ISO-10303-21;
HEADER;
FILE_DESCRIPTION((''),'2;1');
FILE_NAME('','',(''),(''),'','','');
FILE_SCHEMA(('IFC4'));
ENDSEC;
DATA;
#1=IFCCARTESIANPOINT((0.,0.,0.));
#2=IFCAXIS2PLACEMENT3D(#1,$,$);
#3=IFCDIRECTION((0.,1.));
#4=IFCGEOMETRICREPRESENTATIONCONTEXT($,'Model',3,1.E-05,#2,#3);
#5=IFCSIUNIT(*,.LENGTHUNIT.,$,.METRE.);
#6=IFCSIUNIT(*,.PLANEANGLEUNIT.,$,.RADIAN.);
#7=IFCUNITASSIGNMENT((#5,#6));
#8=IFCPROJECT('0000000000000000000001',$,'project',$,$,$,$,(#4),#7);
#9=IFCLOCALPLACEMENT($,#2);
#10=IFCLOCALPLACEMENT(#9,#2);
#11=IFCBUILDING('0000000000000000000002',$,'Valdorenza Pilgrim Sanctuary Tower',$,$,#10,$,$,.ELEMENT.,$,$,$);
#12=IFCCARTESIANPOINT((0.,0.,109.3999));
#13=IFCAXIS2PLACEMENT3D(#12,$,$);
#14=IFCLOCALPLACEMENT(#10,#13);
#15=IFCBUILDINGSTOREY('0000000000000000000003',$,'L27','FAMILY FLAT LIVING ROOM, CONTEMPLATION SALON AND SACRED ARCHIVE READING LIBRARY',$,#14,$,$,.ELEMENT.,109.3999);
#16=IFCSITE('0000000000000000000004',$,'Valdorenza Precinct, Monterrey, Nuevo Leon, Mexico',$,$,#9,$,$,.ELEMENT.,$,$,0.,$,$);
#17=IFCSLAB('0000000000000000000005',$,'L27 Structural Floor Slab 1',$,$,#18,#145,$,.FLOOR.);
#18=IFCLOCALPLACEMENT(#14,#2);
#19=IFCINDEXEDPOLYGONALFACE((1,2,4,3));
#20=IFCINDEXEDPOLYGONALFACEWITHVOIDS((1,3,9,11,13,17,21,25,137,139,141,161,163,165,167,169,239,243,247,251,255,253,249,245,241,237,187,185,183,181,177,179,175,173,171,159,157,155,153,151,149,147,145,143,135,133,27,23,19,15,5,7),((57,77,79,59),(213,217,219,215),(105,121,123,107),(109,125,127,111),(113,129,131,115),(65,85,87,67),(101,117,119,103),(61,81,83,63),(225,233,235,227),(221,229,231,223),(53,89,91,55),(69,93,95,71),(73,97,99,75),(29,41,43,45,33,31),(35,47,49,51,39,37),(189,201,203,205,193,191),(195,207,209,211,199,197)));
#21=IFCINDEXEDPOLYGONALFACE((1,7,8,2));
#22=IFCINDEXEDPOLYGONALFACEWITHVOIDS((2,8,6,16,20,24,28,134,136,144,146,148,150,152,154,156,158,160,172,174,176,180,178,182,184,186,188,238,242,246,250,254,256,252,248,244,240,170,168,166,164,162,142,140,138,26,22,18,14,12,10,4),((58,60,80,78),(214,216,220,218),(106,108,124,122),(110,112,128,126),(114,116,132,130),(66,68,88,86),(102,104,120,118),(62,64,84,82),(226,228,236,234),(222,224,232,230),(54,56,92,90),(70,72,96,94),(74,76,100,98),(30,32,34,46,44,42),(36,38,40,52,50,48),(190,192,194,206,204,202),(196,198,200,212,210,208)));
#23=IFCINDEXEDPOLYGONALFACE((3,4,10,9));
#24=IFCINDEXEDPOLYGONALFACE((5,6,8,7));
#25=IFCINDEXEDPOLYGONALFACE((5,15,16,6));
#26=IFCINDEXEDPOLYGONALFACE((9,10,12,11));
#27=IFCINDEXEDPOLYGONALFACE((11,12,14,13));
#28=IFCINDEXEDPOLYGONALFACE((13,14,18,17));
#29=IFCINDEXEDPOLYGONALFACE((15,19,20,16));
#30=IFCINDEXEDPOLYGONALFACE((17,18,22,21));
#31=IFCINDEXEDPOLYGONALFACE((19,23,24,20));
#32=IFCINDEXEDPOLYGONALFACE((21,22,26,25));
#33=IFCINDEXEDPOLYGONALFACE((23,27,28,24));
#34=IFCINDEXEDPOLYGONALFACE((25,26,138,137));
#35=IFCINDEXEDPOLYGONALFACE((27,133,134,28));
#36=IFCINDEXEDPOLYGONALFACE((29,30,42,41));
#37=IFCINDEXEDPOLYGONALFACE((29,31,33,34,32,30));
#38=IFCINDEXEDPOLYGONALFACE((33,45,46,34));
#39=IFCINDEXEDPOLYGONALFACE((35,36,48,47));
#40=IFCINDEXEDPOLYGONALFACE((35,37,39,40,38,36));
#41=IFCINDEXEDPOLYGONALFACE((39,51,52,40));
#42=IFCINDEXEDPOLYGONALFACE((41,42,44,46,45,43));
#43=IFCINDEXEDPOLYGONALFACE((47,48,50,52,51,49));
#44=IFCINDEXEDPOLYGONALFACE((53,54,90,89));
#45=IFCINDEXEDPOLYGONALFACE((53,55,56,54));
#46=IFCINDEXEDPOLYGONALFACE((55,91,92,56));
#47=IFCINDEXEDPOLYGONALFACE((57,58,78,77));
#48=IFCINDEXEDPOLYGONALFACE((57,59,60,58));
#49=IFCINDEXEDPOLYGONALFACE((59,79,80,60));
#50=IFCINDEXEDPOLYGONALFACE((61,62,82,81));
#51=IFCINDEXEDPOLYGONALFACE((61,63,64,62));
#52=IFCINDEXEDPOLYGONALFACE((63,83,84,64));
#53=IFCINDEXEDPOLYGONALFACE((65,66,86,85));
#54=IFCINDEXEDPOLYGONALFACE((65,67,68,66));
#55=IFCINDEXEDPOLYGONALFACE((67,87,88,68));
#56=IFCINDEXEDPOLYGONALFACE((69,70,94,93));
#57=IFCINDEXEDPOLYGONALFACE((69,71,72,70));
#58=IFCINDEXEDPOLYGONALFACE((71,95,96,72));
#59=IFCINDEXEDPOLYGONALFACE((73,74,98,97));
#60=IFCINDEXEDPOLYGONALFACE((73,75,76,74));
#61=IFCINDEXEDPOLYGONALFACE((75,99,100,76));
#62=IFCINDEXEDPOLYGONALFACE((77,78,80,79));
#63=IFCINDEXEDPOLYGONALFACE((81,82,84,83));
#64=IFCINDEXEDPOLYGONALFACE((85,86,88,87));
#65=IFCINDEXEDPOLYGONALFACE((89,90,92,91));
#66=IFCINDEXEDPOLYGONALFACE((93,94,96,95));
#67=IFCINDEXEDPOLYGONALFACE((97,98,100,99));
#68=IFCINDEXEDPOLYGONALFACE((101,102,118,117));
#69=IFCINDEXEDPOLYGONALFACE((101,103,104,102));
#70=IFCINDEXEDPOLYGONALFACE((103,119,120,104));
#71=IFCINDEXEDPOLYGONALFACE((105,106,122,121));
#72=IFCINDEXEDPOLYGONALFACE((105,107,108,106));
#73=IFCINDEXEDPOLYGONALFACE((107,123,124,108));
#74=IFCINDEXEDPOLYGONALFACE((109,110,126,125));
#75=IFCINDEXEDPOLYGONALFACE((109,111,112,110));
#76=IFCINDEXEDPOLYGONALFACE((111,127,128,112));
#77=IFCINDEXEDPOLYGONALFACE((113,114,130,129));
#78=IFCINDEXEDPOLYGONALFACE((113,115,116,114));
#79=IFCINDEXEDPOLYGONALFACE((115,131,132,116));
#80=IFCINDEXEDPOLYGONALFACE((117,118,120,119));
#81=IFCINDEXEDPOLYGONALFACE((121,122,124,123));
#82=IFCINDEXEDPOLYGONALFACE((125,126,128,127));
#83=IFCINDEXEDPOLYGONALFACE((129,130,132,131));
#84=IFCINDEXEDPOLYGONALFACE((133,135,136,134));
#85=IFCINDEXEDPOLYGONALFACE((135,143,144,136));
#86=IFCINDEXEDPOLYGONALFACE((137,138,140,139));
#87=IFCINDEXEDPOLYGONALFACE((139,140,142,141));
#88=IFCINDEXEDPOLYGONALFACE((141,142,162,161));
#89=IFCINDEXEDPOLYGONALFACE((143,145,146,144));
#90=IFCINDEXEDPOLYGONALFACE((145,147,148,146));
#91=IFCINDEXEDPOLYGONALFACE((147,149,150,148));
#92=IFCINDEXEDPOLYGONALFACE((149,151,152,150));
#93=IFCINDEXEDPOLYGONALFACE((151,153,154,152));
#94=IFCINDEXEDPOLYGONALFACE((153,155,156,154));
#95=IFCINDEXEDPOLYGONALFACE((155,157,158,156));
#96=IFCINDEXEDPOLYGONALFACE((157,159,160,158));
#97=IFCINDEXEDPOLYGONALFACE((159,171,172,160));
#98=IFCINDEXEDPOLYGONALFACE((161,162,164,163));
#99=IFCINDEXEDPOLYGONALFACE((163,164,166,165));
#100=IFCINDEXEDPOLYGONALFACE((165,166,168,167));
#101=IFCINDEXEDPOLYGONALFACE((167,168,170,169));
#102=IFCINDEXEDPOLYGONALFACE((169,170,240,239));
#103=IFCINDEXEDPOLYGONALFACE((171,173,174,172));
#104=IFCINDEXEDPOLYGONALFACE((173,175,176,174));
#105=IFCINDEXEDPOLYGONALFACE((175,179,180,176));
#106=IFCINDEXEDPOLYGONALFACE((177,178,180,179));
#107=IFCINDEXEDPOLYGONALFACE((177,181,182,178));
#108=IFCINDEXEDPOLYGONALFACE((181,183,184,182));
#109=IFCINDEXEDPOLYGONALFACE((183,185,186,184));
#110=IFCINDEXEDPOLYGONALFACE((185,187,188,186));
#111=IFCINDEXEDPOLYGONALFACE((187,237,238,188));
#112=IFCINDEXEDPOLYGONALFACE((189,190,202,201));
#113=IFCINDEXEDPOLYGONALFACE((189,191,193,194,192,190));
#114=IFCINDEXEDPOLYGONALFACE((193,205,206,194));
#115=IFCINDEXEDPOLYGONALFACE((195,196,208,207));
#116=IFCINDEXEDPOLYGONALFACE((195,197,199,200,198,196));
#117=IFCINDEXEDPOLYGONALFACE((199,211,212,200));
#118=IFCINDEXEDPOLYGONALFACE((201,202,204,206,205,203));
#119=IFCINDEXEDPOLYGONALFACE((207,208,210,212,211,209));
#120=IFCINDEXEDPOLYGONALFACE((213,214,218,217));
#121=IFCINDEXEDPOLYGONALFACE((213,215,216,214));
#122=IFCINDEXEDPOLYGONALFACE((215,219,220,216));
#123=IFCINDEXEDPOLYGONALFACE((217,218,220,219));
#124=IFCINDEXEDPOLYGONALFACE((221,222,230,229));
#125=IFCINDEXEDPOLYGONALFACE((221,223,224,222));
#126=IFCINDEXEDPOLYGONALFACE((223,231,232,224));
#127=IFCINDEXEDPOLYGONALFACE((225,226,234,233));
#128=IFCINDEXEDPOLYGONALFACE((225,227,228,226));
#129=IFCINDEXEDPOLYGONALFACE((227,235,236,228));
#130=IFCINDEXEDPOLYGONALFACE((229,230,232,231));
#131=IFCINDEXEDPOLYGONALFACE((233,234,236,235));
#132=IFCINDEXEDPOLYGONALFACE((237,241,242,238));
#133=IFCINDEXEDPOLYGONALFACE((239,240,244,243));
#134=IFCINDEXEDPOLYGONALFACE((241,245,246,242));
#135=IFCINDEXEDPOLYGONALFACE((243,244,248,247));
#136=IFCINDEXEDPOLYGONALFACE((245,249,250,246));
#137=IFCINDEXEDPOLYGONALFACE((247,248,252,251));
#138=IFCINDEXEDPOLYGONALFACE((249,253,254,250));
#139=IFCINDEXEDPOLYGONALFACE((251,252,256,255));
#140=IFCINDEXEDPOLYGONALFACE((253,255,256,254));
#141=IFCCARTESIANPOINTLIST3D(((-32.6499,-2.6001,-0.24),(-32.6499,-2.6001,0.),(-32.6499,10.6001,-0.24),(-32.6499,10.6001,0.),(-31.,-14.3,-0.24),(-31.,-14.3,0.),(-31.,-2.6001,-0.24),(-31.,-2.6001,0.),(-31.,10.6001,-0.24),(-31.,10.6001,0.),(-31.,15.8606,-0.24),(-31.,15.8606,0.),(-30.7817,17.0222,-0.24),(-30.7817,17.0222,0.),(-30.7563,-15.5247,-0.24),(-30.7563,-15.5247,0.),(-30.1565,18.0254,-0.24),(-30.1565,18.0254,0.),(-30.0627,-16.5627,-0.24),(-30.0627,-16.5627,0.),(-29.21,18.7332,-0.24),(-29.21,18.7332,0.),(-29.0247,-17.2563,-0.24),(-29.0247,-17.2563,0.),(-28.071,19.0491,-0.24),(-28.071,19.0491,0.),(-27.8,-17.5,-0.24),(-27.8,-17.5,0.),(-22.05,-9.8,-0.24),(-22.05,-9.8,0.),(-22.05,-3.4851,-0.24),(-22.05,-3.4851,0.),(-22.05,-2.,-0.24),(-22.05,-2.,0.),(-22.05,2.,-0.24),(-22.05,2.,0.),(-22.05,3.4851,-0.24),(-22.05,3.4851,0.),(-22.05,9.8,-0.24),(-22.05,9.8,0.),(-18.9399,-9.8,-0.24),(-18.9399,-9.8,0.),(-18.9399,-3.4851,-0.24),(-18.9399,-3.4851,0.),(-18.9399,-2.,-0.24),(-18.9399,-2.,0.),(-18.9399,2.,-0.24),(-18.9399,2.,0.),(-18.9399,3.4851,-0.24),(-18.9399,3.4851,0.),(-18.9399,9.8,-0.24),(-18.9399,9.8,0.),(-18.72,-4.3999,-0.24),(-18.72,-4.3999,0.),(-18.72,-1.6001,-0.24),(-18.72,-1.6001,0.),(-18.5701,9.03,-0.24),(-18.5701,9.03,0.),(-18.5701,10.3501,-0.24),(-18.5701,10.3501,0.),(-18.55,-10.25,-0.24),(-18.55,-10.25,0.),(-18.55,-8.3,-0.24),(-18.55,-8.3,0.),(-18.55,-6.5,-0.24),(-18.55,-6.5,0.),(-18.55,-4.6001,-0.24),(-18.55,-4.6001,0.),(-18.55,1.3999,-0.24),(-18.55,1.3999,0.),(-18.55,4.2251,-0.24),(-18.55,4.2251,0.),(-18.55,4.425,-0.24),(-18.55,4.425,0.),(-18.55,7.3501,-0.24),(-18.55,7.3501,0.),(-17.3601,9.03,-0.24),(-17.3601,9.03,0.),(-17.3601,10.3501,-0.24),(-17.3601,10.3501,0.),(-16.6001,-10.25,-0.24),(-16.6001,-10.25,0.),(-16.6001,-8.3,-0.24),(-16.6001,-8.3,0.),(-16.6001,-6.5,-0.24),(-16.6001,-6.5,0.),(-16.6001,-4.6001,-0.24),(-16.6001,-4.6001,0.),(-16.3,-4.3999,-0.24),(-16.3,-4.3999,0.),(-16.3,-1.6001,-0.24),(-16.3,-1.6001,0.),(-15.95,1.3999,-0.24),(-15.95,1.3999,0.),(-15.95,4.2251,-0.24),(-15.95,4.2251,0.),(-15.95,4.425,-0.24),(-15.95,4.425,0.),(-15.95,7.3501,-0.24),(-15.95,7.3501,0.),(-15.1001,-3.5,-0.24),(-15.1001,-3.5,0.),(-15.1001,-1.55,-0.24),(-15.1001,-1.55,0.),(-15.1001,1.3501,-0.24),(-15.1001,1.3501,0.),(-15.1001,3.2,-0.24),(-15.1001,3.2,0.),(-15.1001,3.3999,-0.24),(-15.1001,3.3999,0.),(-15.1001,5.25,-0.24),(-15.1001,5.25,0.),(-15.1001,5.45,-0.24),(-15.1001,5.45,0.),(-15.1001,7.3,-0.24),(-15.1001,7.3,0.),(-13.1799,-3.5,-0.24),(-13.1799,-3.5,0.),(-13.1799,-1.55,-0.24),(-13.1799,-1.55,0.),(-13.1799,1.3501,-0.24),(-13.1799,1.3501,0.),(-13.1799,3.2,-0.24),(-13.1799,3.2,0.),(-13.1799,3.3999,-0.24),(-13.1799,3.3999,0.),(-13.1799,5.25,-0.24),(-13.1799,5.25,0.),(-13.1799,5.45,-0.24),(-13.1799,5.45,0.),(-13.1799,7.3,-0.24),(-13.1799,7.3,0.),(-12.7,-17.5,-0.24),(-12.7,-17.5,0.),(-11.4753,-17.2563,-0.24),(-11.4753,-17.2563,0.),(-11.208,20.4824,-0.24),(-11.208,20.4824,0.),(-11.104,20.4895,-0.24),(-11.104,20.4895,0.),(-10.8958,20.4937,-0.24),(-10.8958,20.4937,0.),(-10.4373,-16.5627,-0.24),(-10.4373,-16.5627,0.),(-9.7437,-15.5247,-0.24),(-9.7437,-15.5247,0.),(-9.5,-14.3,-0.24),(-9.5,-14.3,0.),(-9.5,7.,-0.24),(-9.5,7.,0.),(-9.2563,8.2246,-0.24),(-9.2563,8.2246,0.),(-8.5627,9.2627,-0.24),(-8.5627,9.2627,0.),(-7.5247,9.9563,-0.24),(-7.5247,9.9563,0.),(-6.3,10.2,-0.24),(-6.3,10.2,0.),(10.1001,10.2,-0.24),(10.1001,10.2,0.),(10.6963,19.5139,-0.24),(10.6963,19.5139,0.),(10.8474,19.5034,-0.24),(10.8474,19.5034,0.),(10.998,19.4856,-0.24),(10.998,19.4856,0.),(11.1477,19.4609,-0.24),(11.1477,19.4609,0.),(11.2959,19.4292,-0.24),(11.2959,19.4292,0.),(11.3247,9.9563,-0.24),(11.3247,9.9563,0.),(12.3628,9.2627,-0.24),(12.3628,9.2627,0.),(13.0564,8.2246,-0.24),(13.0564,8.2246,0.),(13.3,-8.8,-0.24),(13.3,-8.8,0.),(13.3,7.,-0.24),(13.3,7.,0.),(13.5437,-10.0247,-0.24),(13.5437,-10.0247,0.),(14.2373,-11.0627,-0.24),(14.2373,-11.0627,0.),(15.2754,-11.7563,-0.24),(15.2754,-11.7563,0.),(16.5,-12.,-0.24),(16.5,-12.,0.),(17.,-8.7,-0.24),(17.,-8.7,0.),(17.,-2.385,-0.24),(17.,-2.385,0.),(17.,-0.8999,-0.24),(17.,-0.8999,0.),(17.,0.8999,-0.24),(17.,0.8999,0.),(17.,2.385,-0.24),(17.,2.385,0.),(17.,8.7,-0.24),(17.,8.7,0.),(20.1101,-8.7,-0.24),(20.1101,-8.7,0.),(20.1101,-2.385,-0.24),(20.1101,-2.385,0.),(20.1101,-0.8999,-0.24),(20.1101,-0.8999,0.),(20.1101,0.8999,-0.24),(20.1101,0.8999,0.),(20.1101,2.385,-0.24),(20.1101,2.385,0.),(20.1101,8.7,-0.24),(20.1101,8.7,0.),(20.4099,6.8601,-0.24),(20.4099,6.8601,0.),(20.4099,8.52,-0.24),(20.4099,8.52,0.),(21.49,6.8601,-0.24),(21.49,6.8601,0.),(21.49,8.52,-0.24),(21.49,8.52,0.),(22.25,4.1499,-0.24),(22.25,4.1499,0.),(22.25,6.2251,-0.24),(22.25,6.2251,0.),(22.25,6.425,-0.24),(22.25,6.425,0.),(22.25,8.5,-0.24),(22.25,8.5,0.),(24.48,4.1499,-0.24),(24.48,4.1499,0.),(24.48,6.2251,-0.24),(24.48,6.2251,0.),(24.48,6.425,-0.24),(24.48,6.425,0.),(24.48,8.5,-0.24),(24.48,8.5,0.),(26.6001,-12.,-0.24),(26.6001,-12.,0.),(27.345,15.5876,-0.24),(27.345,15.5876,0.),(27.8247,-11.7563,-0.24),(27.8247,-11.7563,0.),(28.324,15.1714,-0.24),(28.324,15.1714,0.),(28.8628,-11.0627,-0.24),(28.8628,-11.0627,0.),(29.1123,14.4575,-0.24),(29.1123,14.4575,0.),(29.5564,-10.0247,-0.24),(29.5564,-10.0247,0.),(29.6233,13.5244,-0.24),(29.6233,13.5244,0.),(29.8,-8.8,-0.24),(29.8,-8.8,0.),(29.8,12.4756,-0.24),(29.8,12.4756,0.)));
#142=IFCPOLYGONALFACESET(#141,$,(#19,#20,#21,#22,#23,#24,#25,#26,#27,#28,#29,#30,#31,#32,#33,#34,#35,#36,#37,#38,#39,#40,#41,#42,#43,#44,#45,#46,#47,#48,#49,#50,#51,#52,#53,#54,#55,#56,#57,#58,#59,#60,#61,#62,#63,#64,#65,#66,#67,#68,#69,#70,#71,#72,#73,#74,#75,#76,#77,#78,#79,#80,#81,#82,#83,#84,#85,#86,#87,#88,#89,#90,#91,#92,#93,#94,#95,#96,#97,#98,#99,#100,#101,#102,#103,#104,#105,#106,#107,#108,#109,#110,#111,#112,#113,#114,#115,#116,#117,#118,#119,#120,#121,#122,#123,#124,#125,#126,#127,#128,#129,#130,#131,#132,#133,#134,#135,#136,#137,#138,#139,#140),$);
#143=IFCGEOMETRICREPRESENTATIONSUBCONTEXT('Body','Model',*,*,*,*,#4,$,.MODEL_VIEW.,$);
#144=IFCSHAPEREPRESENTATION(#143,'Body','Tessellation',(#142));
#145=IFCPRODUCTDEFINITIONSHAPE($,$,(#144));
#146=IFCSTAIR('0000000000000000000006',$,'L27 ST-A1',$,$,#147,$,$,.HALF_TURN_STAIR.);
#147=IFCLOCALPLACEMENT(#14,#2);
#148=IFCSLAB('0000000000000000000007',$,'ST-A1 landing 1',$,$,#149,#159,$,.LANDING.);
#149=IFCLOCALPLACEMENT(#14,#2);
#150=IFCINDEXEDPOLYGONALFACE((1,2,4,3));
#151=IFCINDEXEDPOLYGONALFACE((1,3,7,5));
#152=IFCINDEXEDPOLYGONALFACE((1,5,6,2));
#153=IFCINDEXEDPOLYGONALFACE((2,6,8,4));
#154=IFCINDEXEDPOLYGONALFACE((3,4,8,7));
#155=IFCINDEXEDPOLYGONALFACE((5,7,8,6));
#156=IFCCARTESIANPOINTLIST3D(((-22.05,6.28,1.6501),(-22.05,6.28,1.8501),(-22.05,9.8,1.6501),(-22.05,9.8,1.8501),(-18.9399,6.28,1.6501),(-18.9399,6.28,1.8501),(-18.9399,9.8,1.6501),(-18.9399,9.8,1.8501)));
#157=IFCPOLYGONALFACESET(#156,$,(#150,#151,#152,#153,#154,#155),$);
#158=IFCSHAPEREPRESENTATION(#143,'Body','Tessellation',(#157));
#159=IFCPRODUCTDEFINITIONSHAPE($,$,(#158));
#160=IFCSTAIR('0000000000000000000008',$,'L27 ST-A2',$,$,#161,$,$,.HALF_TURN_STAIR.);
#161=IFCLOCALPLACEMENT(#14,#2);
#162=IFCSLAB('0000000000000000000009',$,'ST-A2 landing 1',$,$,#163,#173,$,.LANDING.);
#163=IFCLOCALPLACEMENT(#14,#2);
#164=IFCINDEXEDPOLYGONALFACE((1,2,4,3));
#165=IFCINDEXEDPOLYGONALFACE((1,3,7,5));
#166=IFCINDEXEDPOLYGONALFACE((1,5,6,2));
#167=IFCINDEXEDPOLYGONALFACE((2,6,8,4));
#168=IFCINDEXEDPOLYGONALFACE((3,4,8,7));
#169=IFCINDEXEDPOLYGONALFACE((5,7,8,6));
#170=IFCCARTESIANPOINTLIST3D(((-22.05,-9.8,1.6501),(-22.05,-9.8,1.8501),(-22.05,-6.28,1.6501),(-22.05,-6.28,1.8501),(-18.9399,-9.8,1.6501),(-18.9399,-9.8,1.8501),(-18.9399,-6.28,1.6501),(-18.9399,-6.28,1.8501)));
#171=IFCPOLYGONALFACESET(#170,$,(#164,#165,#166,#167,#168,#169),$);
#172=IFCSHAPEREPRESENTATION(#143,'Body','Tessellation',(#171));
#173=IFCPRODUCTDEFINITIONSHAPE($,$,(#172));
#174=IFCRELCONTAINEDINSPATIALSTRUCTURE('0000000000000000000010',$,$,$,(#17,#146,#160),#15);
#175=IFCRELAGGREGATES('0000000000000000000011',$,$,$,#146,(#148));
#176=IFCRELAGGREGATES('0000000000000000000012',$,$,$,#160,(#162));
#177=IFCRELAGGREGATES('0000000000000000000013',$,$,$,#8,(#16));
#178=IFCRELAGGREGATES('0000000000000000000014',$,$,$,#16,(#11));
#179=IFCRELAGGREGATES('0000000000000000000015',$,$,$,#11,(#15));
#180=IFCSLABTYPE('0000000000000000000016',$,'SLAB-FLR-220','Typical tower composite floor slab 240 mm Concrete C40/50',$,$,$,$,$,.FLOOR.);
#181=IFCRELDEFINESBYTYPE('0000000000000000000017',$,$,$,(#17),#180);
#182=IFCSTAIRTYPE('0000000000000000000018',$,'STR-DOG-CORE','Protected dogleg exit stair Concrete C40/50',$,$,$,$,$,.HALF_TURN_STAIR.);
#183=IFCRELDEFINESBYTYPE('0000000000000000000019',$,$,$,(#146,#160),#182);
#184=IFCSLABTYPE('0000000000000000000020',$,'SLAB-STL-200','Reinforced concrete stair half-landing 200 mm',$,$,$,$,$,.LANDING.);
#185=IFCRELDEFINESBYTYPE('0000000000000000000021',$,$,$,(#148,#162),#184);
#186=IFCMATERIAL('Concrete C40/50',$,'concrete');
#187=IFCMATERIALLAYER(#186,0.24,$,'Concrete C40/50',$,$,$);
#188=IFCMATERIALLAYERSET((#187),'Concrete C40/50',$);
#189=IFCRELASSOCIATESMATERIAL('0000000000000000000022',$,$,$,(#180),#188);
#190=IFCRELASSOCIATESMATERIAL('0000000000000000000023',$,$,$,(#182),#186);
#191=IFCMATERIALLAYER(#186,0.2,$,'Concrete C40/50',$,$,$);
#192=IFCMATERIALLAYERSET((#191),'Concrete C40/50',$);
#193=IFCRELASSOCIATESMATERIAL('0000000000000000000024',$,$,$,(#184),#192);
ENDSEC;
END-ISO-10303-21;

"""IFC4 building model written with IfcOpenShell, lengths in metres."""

from ifc_helpers import new_model, si_unit, direction, frame, origin, place, context, subcontext, project, spatial, polyline, outline, extrude, material, layer, layer_set, type_object, element, aggregate, save


model = new_model("IFC4")

# Units and contexts
model_context = context("Model", 3, precision=1e-05, world=origin(), true_north=direction((0.0, 1.0)))
body_context = subcontext(model_context, "Body", "Model", "MODEL_VIEW")
ifc_project = project(units=[si_unit("LENGTHUNIT", "METRE"), si_unit("PLANEANGLEUNIT", "RADIAN")], contexts=[model_context])

# Site, building, storey
site_placement = place(None, origin())
site = spatial("IfcSite", under=ifc_project, at=site_placement, Name="Valdorenza Precinct, Monterrey, Nuevo Leon, Mexico", CompositionType="ELEMENT", RefElevation=0.0)
building_placement = place(site_placement, origin())
building = spatial("IfcBuilding", under=site, at=building_placement, Name="Valdorenza Pilgrim Sanctuary Tower", CompositionType="ELEMENT")
storey_placement = place(building_placement, frame((0.0, 0.0, 109.3999)))
storey = spatial("IfcBuildingStorey", under=building, at=storey_placement, Name="L27", Description="FAMILY FLAT LIVING ROOM, CONTEMPLATION SALON AND SACRED ARCHIVE READING LIBRARY", CompositionType="ELEMENT", Elevation=109.3999)

# Slab
ifc_material_1 = material(Name="Concrete C40/50", Category="concrete")
ifc_layer_1 = layer(ifc_material_1, 0.24, Name="Concrete C40/50")
ifc_layer_set_1 = layer_set([ifc_layer_1], Name="Concrete C40/50")
slab_type_1 = type_object("IfcSlabType", Name="SLAB-FLR-220", Description="Typical tower composite floor slab 240 mm Concrete C40/50", PredefinedType="FLOOR", material=ifc_layer_set_1)
slab_1_placement = place(storey_placement, frame((0.0, 0.0, -0.24)))
element("IfcSlab", 1, at=slab_1_placement, inside=storey, type_object=slab_type_1, Name="L27 Structural Floor Slab 1", PredefinedType="FLOOR", context=body_context, shape_type="SweptSolid", body=[
    extrude(outline(polyline([(-30.7817, 17.0222), (-30.1565, 18.0254), (-29.21, 18.7332), (-28.071, 19.0491), (-11.208, 20.4824), (-11.104, 20.4895), (-10.8958, 20.4937), (10.6963, 19.5139), (10.8474, 19.5034), (10.998, 19.4856), (11.1477, 19.4609), (11.2959, 19.4292), (27.345, 15.5876), (28.324, 15.1714), (29.1123, 14.4575), (29.6233, 13.5244), (29.8, 12.4756), (29.8, -8.8), (29.5564, -10.0247), (28.8628, -11.0627), (27.8247, -11.7563), (26.6001, -12.0), (16.5, -12.0), (15.2754, -11.7563), (14.2373, -11.0627), (13.5437, -10.0247), (13.3, -8.8), (13.3, 7.0), (13.0564, 8.2246), (12.3628, 9.2627), (11.3247, 9.9563), (10.1001, 10.2), (-6.3, 10.2), (-7.5247, 9.9563), (-8.5627, 9.2627), (-9.2563, 8.2246), (-9.5, 7.0), (-9.5, -14.3), (-9.7437, -15.5247), (-10.4373, -16.5627), (-11.4753, -17.2563), (-12.7, -17.5), (-27.8, -17.5), (-29.0247, -17.2563), (-30.0627, -16.5627), (-30.7563, -15.5247), (-31.0, -14.3), (-31.0, -2.6001), (-32.6499, -2.6001), (-32.6499, 10.6001), (-31.0, 10.6001), (-31.0, 15.8606), (-30.7817, 17.0222)]), holes=[polyline([(-16.6001, -10.25), (-16.6001, -8.3), (-18.55, -8.3), (-18.55, -10.25), (-16.6001, -10.25)]), polyline([(-22.05, -9.8), (-18.9399, -9.8), (-18.9399, -3.4851), (-18.9399, -2.0), (-22.05, -2.0), (-22.05, -3.4851), (-22.05, -9.8)]), polyline([(-16.6001, -6.5), (-16.6001, -4.6001), (-18.55, -4.6001), (-18.55, -6.5), (-16.6001, -6.5)]), polyline([(-18.72, -4.3999), (-16.3, -4.3999), (-16.3, -1.6001), (-18.72, -1.6001), (-18.72, -4.3999)]), polyline([(-13.1799, 1.3501), (-13.1799, 3.2), (-15.1001, 3.2), (-15.1001, 1.3501), (-13.1799, 1.3501)]), polyline([(-22.05, 2.0), (-18.9399, 2.0), (-18.9399, 3.4851), (-18.9399, 9.8), (-22.05, 9.8), (-22.05, 3.4851), (-22.05, 2.0)]), polyline([(-15.95, 1.3999), (-15.95, 4.2251), (-18.55, 4.2251), (-18.55, 1.3999), (-15.95, 1.3999)]), polyline([(-18.55, 4.425), (-15.95, 4.425), (-15.95, 7.3501), (-18.55, 7.3501), (-18.55, 4.425)]), polyline([(-17.3601, 9.03), (-17.3601, 10.3501), (-18.5701, 10.3501), (-18.5701, 9.03), (-17.3601, 9.03)]), polyline([(17.0, -8.7), (20.1101, -8.7), (20.1101, -2.385), (20.1101, -0.8999), (17.0, -0.8999), (17.0, -2.385), (17.0, -8.7)]), polyline([(-13.1799, -3.5), (-13.1799, -1.55), (-15.1001, -1.55), (-15.1001, -3.5), (-13.1799, -3.5)]), polyline([(17.0, 0.8999), (20.1101, 0.8999), (20.1101, 2.385), (20.1101, 8.7), (17.0, 8.7), (17.0, 2.385), (17.0, 0.8999)]), polyline([(-13.1799, 3.3999), (-13.1799, 5.25), (-15.1001, 5.25), (-15.1001, 3.3999), (-13.1799, 3.3999)]), polyline([(22.25, 4.1499), (24.48, 4.1499), (24.48, 6.2251), (22.25, 6.2251), (22.25, 4.1499)]), polyline([(-13.1799, 5.45), (-13.1799, 7.3), (-15.1001, 7.3), (-15.1001, 5.45), (-13.1799, 5.45)]), polyline([(22.25, 6.425), (24.48, 6.425), (24.48, 8.5), (22.25, 8.5), (22.25, 6.425)]), polyline([(20.4099, 6.8601), (21.49, 6.8601), (21.49, 8.52), (20.4099, 8.52), (20.4099, 6.8601)])]), origin(), (0.0, 0.0, 1.0), 0.24),
])

# Stairs, slabs
stair_type = type_object("IfcStairType", Name="STR-DOG-CORE", Description="Protected dogleg exit stair Concrete C40/50", PredefinedType="HALF_TURN_STAIR", material=ifc_material_1)
stair_1_placement = place(storey_placement, origin())
stair_1 = element("IfcStair", 2, at=stair_1_placement, inside=storey, type_object=stair_type, Name="L27 ST-A1", PredefinedType="HALF_TURN_STAIR")
ifc_layer_2 = layer(ifc_material_1, 0.2, Name="Concrete C40/50")
ifc_layer_set_2 = layer_set([ifc_layer_2], Name="Concrete C40/50")
slab_type_2 = type_object("IfcSlabType", Name="SLAB-STL-200", Description="Reinforced concrete stair half-landing 200 mm", PredefinedType="LANDING", material=ifc_layer_set_2)
slab_2_placement = place(storey_placement, frame((0.0, 0.0, 1.6501)))
slab_2 = element("IfcSlab", 3, at=slab_2_placement, type_object=slab_type_2, Name="ST-A1 landing 1", PredefinedType="LANDING", context=body_context, shape_type="SweptSolid", body=[
    extrude(outline(polyline([(-18.9399, 6.28), (-18.9399, 9.8), (-22.05, 9.8), (-22.05, 6.28), (-18.9399, 6.28)])), origin(), (0.0, 0.0, 1.0), 0.2),
])
aggregate(stair_1, [slab_2])
stair_2_placement = place(storey_placement, origin())
stair_2 = element("IfcStair", 4, at=stair_2_placement, inside=storey, type_object=stair_type, Name="L27 ST-A2", PredefinedType="HALF_TURN_STAIR")
slab_3_placement = place(storey_placement, frame((0.0, 0.0, 1.6501)))
slab_3 = element("IfcSlab", 5, at=slab_3_placement, type_object=slab_type_2, Name="ST-A2 landing 1", PredefinedType="LANDING", context=body_context, shape_type="SweptSolid", body=[
    extrude(outline(polyline([(-22.05, -6.28), (-22.05, -9.8), (-18.9399, -9.8), (-18.9399, -6.28), (-22.05, -6.28)])), origin(), (0.0, 0.0, 1.0), 0.2),
])
aggregate(stair_2, [slab_3])

save(model, "model.ifc")
